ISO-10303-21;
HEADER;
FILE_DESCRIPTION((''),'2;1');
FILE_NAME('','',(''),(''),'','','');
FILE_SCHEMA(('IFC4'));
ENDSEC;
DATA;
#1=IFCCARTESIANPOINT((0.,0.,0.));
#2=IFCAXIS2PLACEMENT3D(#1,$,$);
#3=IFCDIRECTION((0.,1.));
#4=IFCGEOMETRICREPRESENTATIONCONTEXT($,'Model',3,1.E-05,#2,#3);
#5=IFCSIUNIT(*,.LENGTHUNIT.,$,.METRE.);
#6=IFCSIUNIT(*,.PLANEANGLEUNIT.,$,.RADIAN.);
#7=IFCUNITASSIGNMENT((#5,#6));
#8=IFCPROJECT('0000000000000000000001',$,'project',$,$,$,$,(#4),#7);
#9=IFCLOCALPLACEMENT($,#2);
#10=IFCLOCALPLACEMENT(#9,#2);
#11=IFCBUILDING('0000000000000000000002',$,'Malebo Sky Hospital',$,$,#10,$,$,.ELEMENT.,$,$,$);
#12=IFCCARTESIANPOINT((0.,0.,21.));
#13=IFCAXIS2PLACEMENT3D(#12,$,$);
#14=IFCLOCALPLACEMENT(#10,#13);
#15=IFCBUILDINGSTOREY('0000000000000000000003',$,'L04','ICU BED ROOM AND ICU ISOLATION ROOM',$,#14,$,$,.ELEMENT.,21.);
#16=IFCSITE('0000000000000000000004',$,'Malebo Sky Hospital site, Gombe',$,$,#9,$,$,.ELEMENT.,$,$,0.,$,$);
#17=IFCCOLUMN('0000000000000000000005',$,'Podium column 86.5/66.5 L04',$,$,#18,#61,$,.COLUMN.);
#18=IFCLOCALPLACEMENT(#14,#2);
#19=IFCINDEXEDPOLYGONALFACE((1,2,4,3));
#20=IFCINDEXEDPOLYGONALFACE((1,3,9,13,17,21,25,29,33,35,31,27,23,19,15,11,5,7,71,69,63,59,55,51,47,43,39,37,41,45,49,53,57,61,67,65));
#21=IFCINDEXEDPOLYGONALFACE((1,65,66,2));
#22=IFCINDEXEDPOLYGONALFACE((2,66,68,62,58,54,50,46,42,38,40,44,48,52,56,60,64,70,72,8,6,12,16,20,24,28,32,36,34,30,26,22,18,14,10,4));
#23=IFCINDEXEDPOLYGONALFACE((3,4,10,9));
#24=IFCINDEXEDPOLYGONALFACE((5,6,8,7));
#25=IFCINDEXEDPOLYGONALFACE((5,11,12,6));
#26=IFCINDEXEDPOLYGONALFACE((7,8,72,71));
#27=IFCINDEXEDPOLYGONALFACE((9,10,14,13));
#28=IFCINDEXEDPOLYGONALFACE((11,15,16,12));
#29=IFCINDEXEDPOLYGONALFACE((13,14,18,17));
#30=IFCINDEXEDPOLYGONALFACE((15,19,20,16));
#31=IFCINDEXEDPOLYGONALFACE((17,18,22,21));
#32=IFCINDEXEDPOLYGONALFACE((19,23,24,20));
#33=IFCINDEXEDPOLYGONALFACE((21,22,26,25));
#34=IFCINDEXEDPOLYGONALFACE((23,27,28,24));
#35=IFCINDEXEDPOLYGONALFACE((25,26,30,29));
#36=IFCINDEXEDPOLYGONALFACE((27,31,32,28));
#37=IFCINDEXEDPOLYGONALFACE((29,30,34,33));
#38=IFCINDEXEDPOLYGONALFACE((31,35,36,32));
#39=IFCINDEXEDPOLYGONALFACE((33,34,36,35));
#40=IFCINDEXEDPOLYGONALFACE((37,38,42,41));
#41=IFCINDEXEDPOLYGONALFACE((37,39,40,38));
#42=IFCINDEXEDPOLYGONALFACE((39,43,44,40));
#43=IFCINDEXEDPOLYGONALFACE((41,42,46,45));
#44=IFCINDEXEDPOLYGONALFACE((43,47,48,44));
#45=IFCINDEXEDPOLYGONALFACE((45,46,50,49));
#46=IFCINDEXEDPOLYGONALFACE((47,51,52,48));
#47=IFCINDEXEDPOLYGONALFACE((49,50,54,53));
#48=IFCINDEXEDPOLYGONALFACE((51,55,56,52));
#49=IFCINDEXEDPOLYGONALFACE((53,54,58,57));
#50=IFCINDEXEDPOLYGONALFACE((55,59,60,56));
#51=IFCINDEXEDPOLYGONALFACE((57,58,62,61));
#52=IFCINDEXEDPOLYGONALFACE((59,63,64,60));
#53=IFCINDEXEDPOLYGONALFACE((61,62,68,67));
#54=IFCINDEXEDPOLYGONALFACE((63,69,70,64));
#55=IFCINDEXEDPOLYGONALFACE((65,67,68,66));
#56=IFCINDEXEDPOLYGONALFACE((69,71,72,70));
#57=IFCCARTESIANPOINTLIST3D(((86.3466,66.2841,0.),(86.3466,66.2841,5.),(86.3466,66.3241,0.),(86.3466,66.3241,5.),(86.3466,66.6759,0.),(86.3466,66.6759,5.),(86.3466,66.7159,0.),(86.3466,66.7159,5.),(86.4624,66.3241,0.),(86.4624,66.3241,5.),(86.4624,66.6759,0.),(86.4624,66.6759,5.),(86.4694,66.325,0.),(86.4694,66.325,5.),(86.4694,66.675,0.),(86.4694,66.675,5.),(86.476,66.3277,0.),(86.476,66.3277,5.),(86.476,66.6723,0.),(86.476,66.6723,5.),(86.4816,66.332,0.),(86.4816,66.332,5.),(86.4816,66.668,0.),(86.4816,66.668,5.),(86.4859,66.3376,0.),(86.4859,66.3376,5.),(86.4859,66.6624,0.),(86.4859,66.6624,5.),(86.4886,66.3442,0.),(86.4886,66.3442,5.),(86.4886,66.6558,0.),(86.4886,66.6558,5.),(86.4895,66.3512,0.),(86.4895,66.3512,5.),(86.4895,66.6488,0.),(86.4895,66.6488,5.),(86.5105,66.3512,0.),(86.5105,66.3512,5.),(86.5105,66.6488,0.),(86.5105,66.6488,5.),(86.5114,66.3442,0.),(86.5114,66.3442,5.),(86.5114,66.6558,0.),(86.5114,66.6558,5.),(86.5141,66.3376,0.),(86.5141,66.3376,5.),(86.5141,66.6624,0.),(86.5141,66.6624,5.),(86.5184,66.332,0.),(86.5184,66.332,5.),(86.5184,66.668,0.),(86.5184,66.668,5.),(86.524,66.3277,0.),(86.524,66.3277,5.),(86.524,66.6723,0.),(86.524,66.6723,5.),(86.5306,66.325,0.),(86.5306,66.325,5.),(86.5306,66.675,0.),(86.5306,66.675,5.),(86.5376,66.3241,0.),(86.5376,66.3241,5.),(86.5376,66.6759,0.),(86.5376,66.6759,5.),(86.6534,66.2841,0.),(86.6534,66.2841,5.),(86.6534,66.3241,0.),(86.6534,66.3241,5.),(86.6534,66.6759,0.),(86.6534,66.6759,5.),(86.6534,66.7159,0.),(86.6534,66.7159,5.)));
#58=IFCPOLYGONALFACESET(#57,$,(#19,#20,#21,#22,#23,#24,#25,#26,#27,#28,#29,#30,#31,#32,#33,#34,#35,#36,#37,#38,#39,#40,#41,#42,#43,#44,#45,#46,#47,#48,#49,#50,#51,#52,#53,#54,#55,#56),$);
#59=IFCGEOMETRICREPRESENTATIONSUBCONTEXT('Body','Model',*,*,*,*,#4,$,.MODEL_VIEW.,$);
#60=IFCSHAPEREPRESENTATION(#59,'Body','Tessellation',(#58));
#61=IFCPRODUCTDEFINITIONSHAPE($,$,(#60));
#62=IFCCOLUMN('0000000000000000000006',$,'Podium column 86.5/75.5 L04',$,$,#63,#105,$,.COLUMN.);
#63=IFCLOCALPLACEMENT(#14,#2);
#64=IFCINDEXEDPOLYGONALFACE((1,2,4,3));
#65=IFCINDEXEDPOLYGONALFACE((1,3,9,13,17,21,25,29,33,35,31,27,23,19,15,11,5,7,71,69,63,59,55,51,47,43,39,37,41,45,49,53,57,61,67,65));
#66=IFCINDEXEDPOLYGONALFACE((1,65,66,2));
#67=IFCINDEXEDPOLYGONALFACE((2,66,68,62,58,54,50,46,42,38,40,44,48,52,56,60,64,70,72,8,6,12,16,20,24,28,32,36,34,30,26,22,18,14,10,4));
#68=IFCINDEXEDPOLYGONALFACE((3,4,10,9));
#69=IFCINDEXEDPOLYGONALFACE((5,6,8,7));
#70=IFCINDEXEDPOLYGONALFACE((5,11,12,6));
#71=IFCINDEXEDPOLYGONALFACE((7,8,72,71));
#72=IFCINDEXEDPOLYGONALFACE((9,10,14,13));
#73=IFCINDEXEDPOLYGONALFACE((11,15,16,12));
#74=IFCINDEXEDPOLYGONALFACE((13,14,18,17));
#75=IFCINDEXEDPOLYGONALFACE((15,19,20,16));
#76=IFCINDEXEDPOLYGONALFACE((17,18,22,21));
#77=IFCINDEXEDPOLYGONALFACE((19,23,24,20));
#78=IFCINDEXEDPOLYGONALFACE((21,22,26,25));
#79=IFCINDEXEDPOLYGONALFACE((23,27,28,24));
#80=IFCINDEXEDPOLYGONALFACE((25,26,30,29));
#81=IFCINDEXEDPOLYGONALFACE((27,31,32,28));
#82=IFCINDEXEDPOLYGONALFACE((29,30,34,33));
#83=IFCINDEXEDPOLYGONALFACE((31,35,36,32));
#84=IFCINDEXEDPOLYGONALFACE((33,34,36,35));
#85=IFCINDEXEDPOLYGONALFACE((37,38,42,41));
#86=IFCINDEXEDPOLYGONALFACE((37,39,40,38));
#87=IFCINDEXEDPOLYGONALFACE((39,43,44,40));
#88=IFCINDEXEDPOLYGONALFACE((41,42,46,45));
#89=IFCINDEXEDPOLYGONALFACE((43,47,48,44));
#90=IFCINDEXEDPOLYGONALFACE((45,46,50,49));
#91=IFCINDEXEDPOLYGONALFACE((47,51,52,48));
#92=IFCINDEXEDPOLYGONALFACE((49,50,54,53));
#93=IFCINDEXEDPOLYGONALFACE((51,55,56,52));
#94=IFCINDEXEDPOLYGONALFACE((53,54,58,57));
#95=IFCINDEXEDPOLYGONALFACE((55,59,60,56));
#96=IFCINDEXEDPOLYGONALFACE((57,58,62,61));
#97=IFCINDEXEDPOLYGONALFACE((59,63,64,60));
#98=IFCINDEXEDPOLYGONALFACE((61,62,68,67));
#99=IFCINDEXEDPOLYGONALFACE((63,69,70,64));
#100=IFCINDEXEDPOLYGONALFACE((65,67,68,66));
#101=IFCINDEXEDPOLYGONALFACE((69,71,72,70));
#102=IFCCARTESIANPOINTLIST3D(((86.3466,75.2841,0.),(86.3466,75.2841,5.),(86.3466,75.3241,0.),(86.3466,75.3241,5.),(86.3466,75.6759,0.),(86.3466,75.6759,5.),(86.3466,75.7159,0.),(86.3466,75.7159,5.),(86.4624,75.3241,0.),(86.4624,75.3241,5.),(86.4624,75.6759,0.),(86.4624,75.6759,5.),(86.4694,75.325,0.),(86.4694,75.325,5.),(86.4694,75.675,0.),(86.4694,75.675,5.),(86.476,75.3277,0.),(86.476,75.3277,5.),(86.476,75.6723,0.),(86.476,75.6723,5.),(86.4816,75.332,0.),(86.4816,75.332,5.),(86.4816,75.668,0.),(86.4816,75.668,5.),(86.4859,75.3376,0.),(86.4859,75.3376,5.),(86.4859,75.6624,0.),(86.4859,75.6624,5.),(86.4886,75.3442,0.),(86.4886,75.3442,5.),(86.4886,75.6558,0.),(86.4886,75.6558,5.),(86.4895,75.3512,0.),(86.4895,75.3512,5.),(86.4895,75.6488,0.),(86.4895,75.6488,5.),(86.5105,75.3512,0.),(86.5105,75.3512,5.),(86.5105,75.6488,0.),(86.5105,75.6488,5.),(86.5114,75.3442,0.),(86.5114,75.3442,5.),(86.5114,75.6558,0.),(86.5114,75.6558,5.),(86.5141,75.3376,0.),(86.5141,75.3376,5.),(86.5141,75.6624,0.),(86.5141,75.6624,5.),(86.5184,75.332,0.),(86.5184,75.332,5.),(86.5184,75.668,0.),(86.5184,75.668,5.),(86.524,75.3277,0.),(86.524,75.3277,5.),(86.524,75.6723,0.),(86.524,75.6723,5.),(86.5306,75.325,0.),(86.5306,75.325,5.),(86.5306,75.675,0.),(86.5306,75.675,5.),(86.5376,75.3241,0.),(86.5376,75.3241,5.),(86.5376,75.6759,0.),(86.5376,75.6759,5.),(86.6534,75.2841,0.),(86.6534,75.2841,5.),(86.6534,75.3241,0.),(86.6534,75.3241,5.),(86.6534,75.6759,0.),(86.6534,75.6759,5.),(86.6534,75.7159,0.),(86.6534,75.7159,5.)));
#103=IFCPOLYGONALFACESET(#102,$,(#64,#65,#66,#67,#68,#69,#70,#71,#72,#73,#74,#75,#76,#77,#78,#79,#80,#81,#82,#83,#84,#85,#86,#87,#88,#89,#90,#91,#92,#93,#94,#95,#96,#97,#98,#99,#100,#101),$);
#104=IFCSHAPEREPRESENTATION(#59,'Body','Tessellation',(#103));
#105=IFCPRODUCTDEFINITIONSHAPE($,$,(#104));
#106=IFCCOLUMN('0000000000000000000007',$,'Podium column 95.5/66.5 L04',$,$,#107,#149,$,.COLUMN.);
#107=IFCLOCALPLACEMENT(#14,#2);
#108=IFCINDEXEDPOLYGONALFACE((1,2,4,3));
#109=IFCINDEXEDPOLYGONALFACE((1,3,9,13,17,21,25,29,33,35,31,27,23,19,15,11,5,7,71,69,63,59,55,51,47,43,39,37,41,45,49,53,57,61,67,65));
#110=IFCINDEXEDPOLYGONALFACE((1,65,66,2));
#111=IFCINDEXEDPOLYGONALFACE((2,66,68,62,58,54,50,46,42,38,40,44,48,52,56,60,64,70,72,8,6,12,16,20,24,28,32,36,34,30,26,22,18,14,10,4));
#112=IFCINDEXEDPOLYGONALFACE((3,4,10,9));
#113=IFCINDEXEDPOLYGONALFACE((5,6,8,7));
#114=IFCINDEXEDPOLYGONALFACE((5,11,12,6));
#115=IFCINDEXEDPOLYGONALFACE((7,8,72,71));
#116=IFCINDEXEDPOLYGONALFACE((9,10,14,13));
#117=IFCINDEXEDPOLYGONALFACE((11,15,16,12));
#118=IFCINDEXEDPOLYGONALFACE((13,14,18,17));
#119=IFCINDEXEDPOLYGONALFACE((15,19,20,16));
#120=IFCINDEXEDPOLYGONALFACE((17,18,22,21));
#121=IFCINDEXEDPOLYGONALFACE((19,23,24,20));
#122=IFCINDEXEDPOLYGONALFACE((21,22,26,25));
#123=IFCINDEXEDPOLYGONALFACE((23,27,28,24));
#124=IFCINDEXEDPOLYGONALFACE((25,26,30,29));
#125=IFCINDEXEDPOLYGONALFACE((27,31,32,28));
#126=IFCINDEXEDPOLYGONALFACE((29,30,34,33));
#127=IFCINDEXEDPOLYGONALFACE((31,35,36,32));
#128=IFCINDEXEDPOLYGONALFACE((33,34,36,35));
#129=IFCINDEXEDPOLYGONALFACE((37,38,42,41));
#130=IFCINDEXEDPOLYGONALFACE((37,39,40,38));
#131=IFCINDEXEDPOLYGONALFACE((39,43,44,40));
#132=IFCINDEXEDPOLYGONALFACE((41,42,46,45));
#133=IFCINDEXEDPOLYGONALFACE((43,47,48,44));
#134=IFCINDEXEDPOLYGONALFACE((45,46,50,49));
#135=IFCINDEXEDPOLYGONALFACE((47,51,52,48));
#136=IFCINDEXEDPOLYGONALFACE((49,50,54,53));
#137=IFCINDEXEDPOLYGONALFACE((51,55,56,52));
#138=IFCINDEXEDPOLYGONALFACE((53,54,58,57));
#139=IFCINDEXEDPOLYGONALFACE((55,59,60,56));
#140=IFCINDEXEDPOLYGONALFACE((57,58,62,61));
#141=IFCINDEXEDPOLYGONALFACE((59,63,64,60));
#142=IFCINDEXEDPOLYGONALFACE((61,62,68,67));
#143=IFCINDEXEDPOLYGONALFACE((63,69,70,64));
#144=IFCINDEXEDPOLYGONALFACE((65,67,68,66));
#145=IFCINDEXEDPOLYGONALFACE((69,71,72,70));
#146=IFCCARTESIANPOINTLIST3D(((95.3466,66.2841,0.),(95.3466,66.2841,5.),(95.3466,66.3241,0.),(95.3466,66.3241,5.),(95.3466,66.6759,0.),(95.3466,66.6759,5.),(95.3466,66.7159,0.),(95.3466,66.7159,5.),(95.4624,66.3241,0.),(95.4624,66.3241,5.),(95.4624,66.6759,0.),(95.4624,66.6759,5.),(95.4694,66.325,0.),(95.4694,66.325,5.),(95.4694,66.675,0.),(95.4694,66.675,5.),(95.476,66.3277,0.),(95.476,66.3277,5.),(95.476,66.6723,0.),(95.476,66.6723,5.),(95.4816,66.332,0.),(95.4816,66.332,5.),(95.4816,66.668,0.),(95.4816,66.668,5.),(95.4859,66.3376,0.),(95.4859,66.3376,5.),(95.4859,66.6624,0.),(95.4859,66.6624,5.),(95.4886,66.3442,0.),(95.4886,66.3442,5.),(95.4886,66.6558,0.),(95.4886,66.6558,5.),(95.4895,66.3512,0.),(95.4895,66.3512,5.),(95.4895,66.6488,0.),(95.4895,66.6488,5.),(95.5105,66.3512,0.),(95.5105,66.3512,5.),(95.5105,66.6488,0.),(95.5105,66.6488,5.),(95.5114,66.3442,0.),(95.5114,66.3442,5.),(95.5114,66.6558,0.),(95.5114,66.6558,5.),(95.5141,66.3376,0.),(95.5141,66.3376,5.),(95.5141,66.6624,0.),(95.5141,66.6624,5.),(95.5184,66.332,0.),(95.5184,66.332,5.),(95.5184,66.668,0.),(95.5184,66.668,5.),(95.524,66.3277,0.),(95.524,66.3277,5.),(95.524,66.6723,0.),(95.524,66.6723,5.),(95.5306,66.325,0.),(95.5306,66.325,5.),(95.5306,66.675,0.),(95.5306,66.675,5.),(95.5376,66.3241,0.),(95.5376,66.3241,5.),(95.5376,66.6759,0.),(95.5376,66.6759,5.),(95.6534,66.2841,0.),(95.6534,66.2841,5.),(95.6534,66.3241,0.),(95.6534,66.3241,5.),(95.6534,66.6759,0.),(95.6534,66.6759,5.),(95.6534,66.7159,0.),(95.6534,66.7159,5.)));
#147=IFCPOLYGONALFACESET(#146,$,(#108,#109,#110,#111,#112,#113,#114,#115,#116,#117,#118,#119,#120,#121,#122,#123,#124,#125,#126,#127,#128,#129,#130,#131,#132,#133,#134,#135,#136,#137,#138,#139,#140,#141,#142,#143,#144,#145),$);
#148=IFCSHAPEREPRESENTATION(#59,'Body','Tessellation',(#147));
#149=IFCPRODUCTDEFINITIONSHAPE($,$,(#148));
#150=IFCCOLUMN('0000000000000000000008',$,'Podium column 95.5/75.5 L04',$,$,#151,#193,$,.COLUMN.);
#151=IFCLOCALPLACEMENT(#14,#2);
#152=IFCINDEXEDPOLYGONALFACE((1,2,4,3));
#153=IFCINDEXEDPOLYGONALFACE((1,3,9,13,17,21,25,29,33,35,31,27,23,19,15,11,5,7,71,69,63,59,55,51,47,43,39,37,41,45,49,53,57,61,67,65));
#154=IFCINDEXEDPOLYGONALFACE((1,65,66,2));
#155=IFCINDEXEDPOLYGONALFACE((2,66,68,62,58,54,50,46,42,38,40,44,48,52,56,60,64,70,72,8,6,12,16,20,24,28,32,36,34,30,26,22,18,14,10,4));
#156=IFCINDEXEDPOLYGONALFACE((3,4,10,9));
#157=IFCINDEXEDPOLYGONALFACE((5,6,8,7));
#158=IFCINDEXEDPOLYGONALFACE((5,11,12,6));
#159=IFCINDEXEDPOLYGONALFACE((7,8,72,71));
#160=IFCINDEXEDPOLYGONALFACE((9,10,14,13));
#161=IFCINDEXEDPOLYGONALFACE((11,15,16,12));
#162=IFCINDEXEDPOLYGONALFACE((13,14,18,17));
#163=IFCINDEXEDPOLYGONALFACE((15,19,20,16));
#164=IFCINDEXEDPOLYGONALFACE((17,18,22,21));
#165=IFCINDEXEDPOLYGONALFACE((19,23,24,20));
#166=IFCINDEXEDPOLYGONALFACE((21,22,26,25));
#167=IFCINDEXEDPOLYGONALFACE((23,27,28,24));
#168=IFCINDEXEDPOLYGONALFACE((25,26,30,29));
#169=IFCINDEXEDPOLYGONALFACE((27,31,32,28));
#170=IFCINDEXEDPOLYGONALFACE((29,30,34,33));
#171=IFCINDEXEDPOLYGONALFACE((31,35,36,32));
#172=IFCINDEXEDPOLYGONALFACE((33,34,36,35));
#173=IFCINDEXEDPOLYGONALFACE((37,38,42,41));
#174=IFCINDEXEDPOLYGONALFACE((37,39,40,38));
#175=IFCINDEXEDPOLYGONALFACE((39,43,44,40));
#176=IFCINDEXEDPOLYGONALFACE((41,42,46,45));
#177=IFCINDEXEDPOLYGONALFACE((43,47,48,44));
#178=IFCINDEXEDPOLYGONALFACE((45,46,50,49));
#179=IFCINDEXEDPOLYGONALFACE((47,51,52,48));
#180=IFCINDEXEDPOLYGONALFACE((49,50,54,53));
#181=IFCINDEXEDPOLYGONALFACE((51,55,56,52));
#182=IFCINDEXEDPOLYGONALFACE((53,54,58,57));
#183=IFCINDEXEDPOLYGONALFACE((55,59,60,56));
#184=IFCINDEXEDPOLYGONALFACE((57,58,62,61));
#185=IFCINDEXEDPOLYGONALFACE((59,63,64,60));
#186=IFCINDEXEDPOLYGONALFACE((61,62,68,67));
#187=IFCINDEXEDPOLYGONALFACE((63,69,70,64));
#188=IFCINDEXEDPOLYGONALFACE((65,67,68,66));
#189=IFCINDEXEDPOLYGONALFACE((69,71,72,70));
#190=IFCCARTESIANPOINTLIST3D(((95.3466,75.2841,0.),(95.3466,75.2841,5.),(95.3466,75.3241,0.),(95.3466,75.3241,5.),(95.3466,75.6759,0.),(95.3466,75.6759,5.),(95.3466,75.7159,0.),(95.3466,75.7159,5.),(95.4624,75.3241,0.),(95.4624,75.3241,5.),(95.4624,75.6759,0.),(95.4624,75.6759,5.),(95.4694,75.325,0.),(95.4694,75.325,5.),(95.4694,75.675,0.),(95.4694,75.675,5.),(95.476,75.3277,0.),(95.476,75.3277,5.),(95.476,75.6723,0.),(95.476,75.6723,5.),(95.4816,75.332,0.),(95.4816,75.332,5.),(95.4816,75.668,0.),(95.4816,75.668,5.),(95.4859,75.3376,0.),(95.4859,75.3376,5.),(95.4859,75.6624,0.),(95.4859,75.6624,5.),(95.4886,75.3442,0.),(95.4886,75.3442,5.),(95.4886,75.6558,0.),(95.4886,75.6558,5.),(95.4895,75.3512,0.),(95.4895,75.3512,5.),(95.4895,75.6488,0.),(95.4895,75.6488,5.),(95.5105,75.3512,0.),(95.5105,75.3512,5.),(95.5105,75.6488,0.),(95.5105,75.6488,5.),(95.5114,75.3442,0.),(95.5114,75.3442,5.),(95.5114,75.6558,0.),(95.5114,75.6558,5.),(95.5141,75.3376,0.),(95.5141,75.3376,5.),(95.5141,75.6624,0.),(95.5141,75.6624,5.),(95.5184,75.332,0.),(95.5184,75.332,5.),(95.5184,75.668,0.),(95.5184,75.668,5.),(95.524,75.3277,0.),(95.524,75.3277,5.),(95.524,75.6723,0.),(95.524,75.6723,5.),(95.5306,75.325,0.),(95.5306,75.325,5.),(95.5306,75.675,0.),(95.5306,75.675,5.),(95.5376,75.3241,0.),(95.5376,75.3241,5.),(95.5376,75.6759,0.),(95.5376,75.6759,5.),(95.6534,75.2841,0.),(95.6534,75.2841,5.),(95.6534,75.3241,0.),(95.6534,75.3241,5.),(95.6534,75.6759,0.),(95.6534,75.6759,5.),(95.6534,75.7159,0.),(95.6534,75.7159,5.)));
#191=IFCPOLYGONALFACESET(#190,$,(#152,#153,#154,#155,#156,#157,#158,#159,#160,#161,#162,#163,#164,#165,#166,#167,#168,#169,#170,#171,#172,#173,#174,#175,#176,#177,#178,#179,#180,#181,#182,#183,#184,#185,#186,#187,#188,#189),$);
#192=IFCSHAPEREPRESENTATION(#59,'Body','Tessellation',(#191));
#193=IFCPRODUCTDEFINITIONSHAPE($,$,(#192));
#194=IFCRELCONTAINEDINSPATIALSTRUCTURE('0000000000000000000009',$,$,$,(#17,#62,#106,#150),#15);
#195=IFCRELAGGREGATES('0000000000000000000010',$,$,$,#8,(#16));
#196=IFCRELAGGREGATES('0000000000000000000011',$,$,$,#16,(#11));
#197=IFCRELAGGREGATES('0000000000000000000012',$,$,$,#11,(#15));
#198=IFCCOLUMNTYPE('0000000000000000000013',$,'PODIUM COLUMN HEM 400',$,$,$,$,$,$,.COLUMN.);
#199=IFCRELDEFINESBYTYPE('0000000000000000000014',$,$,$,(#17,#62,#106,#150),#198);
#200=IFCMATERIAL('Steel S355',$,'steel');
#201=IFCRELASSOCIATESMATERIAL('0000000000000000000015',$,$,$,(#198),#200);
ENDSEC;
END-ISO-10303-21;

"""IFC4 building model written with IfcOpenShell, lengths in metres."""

from ifc_helpers import new_model, si_unit, direction, frame, origin, origin_2d, place, context, subcontext, project, spatial, i_section, extrude, material, material_profile, profile_set, type_object, element, save


model = new_model("IFC4")

# Units and contexts
model_context = context("Model", 3, precision=1e-05, world=origin(), true_north=direction((0.0, 1.0)))
body_context = subcontext(model_context, "Body", "Model", "MODEL_VIEW")
ifc_project = project(units=[si_unit("LENGTHUNIT", "METRE"), si_unit("PLANEANGLEUNIT", "RADIAN")], contexts=[model_context])

# Site, building, storey
site_placement = place(None, origin())
site = spatial("IfcSite", under=ifc_project, at=site_placement, Name="Malebo Sky Hospital site, Gombe", CompositionType="ELEMENT", RefElevation=0.0)
building_placement = place(site_placement, origin())
building = spatial("IfcBuilding", under=site, at=building_placement, Name="Malebo Sky Hospital", CompositionType="ELEMENT")
storey_placement = place(building_placement, frame((0.0, 0.0, 21.0)))
storey = spatial("IfcBuildingStorey", under=building, at=storey_placement, Name="L04", Description="ICU BED ROOM AND ICU ISOLATION ROOM", CompositionType="ELEMENT", Elevation=21.0)

# Columns
ifc_material_1 = material(Name="Steel S355", Category="steel")
ifc_material_profile_1 = material_profile(ifc_material_1, i_section(OverallWidth=0.3069, OverallDepth=0.4319, WebThickness=0.021, FlangeThickness=0.04, FilletRadius=0.0271, at=origin_2d()), Name="HEM 400")
ifc_profile_set_1 = profile_set([ifc_material_profile_1], Name="Steel S355")
column_type = type_object("IfcColumnType", Name="PODIUM COLUMN HEM 400", PredefinedType="COLUMN", material=ifc_profile_set_1)
for number, where, z_axis, x_axis, name in (
    (1, (86.5, 66.5, 0.0), (0.0, 0.0, 1.0), (1.0, 0.0, 0.0), "Podium column 86.5/66.5 L04"),
    (2, (86.5, 75.5, 0.0), (0.0, 0.0, 1.0), (1.0, 0.0, 0.0), "Podium column 86.5/75.5 L04"),
    (3, (95.5, 66.5, 0.0), (0.0, 0.0, 1.0), (1.0, 0.0, 0.0), "Podium column 95.5/66.5 L04"),
    (4, (95.5, 75.5, 0.0), (0.0, 0.0, 1.0), (1.0, 0.0, 0.0), "Podium column 95.5/75.5 L04"),
):
    element("IfcColumn", number, at=place(storey_placement, frame(where, z_axis=z_axis, x_axis=x_axis)), inside=storey, type_object=column_type, Name=name, PredefinedType="COLUMN", context=body_context, shape_type="SweptSolid", body=[
        extrude(i_section(OverallWidth=0.3069, OverallDepth=0.4319, WebThickness=0.021, FlangeThickness=0.04, FilletRadius=0.0271, at=origin_2d()), origin(), (0.0, 0.0, 1.0), 5.0),
    ])

save(model, "model.ifc")
